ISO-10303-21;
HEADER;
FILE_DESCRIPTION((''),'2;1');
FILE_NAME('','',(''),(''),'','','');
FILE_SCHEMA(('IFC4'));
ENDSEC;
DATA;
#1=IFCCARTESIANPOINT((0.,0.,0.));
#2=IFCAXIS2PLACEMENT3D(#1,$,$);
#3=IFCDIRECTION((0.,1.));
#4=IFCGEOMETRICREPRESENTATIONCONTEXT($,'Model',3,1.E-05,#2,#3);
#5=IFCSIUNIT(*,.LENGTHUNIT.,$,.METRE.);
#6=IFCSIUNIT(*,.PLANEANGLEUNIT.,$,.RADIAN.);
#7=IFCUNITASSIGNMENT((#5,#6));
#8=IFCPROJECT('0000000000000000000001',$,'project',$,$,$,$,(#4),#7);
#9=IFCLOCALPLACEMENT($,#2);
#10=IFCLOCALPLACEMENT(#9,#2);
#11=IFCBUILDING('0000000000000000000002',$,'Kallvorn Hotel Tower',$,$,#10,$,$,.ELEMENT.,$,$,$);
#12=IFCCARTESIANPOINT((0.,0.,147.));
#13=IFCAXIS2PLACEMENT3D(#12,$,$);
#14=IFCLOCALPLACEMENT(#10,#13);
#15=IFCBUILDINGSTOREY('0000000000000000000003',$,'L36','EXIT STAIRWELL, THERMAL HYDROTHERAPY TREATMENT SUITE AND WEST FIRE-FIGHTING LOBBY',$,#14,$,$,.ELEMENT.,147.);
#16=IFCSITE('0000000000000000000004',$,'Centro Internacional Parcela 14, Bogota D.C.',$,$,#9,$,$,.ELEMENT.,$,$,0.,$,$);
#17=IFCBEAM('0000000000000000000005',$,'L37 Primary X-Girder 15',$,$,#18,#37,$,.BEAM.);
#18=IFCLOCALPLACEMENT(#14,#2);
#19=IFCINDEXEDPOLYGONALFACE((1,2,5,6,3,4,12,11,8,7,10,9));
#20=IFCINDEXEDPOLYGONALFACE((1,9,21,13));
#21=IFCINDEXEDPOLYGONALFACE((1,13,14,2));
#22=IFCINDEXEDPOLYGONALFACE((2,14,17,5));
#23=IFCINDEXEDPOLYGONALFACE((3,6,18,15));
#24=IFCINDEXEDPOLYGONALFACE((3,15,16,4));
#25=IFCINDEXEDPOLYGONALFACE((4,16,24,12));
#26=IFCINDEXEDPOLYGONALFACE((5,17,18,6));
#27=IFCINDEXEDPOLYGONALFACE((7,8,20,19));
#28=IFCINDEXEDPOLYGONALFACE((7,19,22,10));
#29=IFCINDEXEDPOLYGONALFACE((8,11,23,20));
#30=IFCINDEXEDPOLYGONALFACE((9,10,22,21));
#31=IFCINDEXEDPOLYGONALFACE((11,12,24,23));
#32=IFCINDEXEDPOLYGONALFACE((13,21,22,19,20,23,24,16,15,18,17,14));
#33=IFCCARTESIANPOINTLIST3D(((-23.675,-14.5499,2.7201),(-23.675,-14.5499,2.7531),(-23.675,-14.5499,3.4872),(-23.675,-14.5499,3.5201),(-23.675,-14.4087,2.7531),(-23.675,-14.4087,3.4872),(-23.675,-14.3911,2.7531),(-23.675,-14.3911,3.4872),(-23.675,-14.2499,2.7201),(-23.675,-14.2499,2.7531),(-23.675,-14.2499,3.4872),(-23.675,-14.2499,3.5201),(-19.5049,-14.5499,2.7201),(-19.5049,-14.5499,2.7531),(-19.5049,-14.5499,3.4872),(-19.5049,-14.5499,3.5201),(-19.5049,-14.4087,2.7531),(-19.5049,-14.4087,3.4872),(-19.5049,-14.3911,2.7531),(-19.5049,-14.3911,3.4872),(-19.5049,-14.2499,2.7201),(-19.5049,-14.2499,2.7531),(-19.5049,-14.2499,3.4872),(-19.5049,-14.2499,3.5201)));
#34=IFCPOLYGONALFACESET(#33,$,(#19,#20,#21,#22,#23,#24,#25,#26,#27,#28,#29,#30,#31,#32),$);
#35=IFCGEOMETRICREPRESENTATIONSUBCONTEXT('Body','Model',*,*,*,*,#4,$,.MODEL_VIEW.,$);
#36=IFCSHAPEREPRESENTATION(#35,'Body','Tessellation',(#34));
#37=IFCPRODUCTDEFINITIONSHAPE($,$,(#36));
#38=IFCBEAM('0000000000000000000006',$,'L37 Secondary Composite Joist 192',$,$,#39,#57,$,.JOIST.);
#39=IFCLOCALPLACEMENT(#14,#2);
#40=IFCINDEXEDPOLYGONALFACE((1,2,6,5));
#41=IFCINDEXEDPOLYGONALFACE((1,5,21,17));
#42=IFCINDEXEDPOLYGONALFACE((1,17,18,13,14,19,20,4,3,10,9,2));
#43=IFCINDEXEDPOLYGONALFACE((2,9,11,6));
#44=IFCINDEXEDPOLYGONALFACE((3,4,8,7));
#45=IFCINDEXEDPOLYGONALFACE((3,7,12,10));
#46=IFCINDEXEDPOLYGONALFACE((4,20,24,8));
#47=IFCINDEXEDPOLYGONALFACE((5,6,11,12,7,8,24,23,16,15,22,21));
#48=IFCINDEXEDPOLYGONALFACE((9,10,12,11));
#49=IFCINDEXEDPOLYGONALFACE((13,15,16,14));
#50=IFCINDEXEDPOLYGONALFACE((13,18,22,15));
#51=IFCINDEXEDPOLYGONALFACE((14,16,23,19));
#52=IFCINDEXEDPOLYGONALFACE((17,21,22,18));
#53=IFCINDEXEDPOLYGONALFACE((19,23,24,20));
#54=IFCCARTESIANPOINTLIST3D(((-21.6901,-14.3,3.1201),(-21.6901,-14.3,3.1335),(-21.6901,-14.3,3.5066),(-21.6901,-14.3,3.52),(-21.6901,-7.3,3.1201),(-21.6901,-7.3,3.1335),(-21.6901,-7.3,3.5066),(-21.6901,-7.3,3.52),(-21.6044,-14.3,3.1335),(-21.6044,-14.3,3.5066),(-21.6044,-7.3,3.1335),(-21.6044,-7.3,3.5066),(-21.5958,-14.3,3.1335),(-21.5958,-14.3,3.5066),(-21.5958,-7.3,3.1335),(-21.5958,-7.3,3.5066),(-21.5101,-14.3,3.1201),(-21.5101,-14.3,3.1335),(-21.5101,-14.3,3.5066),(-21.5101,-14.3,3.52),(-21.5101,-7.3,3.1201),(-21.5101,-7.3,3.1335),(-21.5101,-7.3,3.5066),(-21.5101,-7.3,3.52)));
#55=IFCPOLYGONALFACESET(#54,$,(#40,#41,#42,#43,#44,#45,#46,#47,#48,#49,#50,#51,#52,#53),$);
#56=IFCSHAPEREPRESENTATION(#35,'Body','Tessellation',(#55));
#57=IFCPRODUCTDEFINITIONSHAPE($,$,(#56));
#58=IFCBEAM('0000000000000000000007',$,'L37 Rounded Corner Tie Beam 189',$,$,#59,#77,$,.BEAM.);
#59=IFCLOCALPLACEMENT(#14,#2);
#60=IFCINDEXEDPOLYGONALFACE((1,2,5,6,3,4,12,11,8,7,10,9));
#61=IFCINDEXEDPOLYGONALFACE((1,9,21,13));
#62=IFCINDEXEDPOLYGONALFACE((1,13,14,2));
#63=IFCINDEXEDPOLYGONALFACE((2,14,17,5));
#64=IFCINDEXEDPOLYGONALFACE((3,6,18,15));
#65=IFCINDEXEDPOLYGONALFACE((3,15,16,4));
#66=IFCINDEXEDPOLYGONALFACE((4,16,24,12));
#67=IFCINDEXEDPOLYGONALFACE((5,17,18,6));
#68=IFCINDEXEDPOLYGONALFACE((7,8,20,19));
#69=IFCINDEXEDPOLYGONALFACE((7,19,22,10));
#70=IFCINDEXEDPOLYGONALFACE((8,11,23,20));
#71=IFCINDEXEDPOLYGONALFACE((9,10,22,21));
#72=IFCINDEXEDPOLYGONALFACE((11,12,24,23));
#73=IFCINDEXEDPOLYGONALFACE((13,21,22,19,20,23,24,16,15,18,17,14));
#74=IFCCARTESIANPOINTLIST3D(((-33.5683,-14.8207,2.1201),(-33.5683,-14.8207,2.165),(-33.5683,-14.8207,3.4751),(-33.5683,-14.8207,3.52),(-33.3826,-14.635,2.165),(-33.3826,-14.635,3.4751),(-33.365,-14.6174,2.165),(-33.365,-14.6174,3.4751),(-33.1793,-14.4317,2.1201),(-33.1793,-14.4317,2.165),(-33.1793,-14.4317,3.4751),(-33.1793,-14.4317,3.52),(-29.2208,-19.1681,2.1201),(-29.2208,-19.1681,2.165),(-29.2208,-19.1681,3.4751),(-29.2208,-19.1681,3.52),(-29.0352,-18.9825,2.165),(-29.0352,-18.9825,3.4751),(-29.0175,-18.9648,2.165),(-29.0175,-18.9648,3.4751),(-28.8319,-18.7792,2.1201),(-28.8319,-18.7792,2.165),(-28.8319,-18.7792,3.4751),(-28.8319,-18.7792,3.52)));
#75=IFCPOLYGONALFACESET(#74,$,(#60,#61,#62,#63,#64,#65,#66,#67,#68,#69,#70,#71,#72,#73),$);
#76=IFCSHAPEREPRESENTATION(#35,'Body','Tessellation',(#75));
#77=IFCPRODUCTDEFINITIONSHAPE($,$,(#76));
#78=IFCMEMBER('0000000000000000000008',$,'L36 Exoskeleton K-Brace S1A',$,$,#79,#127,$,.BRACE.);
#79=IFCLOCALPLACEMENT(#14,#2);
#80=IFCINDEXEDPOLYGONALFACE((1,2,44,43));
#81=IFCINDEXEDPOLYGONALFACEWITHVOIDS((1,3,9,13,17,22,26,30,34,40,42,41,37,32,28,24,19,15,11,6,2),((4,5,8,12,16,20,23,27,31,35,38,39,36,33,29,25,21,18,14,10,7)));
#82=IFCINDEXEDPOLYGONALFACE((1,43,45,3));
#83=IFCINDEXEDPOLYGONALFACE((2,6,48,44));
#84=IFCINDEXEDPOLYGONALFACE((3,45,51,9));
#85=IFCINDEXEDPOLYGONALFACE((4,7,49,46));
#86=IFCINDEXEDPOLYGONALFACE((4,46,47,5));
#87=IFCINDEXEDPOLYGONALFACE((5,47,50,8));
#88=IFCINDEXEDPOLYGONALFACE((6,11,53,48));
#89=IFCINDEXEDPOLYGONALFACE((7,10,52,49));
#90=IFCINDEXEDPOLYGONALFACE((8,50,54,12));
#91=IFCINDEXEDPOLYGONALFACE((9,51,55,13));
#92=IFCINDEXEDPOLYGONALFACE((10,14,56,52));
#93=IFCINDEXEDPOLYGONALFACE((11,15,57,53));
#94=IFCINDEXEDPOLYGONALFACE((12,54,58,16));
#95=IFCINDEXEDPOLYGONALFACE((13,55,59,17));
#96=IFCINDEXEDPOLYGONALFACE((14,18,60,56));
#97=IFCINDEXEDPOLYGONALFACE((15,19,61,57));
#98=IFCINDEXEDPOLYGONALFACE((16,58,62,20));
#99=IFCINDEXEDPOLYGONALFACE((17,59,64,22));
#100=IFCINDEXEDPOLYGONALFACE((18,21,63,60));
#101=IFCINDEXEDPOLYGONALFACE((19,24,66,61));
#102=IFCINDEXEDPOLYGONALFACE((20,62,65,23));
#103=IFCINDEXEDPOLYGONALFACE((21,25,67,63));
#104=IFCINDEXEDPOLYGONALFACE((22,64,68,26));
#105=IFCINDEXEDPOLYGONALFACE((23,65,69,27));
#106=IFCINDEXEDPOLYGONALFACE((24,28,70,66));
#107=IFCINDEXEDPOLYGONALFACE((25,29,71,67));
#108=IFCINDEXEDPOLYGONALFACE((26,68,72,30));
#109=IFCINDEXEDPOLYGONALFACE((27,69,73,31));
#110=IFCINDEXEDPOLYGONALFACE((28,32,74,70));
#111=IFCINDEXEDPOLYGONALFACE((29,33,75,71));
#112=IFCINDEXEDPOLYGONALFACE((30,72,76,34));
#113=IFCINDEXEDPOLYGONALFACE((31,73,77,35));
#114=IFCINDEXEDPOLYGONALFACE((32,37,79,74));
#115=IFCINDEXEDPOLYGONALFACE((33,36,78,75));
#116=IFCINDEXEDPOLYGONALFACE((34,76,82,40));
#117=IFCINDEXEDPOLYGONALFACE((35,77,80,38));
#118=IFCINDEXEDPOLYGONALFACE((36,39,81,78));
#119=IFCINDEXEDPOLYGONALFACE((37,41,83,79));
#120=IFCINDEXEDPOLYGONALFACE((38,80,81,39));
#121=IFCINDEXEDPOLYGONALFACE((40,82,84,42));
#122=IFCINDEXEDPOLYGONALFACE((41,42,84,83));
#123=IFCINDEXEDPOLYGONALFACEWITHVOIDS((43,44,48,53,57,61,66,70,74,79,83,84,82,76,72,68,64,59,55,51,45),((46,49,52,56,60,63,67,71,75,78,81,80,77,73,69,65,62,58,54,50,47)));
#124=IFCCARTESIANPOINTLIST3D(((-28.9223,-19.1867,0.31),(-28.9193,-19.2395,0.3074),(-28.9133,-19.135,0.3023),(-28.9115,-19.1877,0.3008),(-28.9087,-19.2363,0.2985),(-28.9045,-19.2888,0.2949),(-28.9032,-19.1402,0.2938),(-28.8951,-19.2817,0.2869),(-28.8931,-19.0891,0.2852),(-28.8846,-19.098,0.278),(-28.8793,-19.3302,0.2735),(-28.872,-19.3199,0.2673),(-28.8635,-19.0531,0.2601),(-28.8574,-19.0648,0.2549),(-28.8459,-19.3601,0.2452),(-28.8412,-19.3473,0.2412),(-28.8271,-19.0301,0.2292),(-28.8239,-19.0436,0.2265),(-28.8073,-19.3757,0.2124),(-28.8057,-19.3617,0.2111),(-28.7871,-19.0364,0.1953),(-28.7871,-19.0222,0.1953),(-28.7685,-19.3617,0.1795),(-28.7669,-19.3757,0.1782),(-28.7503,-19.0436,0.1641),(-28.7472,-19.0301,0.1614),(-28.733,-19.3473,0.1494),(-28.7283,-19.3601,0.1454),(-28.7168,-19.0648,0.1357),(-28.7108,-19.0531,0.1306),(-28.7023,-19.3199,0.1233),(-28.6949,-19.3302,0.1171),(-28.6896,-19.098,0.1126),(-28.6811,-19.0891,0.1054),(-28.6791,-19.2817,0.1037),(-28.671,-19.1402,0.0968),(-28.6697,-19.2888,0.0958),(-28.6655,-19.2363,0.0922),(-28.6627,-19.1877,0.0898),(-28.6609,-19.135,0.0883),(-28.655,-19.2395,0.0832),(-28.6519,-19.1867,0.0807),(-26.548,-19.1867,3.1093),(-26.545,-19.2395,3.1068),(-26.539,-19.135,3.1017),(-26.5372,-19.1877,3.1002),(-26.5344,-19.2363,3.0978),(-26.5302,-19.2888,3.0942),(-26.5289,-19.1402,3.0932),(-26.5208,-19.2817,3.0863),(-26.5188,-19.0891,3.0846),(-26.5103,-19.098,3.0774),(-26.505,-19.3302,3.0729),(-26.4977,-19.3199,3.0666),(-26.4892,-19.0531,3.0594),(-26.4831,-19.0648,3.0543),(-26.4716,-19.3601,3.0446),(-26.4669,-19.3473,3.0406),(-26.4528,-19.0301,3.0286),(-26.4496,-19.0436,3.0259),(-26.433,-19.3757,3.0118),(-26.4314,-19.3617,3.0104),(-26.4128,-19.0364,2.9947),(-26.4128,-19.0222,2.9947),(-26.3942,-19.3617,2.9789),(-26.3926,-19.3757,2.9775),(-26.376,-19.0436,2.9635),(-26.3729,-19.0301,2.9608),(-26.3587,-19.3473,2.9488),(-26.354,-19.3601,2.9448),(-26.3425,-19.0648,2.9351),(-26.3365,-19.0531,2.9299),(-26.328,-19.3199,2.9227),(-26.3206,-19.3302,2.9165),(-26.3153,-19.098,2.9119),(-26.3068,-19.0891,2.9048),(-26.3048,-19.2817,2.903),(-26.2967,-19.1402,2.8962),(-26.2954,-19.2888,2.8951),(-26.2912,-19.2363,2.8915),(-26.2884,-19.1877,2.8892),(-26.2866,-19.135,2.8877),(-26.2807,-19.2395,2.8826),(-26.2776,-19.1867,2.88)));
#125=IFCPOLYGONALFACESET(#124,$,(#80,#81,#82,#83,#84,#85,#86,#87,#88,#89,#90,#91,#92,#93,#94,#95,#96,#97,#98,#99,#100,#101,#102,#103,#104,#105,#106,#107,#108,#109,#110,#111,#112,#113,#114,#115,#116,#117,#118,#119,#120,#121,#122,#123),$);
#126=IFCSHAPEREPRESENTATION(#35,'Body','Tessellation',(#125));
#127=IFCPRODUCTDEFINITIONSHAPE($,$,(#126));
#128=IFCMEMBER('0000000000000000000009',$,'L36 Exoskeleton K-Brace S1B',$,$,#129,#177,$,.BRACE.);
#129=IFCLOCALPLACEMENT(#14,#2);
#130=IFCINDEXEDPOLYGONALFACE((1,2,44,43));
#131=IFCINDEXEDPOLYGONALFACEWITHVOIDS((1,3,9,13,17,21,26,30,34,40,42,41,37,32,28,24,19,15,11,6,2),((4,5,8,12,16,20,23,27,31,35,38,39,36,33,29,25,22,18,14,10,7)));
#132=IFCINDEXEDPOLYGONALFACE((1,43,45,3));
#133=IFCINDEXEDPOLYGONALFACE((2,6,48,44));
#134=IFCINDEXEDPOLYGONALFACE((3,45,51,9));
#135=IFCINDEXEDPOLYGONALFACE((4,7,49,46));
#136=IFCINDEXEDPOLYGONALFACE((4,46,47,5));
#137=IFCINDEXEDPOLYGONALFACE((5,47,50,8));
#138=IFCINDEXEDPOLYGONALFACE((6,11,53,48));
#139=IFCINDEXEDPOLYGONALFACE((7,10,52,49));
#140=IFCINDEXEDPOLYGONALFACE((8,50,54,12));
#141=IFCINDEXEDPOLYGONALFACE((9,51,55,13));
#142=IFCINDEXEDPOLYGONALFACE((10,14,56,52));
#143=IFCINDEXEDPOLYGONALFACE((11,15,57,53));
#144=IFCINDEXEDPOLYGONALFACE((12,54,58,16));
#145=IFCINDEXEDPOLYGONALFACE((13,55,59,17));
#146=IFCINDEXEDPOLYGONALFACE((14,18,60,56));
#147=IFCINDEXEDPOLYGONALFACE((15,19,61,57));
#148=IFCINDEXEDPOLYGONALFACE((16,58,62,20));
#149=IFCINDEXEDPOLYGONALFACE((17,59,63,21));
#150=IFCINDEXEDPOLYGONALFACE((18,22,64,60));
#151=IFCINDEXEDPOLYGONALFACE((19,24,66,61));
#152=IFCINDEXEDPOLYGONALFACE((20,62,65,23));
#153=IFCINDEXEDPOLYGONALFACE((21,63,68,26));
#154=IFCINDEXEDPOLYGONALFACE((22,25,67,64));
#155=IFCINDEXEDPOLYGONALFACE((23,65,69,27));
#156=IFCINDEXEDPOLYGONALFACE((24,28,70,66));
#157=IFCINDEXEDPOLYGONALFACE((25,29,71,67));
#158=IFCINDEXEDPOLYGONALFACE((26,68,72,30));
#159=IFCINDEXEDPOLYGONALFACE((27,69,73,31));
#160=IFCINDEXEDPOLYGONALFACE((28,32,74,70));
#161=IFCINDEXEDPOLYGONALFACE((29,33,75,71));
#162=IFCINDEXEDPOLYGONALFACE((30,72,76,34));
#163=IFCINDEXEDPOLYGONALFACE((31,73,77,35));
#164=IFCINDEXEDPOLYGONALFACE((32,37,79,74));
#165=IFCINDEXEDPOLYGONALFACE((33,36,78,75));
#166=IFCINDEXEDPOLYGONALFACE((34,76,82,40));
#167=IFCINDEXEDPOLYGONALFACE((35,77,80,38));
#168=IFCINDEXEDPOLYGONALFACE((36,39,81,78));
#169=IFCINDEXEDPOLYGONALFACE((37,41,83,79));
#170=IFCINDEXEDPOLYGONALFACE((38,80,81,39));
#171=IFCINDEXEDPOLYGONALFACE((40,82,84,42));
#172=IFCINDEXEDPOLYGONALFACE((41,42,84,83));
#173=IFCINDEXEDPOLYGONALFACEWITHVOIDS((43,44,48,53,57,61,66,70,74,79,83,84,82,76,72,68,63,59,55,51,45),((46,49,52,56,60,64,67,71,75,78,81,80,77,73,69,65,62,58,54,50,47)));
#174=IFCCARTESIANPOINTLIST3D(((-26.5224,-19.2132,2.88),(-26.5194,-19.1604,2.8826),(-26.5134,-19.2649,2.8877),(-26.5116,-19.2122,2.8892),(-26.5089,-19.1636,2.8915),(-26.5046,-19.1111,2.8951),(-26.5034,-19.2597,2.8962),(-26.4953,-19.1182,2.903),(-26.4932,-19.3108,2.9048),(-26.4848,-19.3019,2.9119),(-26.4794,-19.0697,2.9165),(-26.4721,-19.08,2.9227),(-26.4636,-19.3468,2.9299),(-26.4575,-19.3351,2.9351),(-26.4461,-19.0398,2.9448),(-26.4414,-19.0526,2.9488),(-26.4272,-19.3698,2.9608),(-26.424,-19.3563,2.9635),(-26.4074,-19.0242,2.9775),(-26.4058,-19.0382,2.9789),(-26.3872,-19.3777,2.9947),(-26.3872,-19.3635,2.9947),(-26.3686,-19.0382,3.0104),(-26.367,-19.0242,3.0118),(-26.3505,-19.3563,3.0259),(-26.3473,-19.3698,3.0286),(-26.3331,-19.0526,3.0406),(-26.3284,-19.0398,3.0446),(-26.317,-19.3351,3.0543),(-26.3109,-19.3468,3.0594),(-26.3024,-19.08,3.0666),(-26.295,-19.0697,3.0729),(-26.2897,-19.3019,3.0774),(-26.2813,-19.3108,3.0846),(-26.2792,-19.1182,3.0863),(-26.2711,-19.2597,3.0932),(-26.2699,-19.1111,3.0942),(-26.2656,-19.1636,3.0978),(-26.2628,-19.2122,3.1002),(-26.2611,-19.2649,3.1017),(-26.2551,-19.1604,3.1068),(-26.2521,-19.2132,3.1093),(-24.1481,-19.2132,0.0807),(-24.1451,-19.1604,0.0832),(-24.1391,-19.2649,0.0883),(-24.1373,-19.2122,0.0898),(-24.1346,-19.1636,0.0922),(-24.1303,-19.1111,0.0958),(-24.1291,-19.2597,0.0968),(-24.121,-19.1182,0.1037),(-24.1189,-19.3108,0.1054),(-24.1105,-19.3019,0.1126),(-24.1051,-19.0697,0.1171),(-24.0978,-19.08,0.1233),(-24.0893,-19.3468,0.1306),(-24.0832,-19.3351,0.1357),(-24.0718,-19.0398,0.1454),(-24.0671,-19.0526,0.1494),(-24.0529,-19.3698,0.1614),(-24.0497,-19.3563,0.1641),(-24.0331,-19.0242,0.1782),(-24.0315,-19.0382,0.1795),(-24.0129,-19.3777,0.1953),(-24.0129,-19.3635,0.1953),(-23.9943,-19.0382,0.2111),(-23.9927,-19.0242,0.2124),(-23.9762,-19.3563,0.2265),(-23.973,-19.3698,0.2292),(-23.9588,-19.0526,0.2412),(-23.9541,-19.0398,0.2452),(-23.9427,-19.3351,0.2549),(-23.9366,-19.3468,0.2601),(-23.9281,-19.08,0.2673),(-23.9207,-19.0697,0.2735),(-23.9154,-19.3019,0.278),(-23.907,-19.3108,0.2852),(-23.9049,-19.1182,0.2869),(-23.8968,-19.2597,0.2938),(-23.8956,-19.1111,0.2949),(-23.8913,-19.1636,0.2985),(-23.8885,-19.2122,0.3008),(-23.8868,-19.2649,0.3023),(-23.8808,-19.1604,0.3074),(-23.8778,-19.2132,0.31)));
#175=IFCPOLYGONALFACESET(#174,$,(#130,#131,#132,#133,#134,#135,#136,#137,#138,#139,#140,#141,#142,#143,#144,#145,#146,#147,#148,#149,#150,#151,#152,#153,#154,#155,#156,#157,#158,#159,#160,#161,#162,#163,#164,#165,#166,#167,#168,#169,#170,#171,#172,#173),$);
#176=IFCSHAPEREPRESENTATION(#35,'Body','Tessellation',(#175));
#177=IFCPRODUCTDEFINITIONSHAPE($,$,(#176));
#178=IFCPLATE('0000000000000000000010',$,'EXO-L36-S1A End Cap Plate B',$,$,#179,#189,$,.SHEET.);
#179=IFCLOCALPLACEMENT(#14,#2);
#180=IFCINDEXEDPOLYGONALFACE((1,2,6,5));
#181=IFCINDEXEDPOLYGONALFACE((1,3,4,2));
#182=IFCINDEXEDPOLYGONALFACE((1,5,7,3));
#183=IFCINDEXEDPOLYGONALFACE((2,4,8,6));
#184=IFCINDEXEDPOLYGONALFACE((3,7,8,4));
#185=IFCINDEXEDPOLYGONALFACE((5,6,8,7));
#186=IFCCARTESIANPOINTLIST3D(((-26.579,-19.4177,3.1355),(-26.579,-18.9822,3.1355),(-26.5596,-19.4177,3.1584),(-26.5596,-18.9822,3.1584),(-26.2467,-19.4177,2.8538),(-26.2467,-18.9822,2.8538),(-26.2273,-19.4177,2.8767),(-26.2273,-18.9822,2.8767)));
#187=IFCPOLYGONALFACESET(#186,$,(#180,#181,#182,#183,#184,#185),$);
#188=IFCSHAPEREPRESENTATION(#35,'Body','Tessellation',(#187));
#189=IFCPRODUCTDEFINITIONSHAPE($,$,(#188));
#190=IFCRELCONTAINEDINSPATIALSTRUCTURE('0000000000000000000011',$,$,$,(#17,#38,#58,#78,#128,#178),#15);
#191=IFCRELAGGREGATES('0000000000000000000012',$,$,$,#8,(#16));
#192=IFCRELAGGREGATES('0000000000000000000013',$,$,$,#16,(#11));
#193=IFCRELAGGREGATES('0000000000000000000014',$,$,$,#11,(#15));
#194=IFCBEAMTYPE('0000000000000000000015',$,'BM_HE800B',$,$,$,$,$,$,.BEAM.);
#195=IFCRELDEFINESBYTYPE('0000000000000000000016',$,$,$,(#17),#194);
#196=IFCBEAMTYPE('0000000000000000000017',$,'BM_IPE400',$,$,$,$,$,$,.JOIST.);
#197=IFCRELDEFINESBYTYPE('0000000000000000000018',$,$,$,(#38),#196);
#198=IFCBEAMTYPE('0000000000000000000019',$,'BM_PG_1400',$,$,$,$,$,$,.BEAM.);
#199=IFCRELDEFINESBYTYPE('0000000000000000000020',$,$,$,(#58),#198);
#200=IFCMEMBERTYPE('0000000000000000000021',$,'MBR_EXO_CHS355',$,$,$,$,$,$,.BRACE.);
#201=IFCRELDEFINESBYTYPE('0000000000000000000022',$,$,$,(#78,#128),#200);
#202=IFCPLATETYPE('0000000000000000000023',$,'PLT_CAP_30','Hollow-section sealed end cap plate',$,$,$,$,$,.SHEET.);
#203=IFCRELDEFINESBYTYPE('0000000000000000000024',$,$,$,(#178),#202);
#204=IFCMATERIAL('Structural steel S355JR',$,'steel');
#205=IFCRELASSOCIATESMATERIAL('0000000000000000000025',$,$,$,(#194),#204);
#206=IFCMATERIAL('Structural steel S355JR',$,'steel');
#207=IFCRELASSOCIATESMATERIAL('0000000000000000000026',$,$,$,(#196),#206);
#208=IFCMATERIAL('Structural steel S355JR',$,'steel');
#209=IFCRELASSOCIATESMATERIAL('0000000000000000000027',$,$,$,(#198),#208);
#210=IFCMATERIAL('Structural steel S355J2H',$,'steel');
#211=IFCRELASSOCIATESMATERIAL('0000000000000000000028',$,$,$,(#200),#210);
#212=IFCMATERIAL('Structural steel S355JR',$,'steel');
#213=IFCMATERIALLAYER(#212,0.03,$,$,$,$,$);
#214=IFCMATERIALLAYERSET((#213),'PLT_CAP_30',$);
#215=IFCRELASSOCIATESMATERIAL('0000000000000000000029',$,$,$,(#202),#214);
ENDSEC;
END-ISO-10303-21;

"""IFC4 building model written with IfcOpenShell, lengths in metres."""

from ifc_helpers import new_model, si_unit, direction, frame, origin, origin_2d, place, context, subcontext, project, spatial, polyline, hollow_circle, i_section, outline, extrude, material, layer, layer_set, material_profile, profile_set, type_object, element, save


model = new_model("IFC4")

# Units and contexts
model_context = context("Model", 3, precision=1e-05, world=origin(), true_north=direction((0.0, 1.0)))
body_context = subcontext(model_context, "Body", "Model", "MODEL_VIEW")
ifc_project = project(units=[si_unit("LENGTHUNIT", "METRE"), si_unit("PLANEANGLEUNIT", "RADIAN")], contexts=[model_context])

# Site, building, storey
site_placement = place(None, origin())
site = spatial("IfcSite", under=ifc_project, at=site_placement, Name="Centro Internacional Parcela 14, Bogota D.C.", CompositionType="ELEMENT", RefElevation=0.0)
building_placement = place(site_placement, origin())
building = spatial("IfcBuilding", under=site, at=building_placement, Name="Kallvorn Hotel Tower", CompositionType="ELEMENT")
storey_placement = place(building_placement, frame((0.0, 0.0, 147.0)))
storey = spatial("IfcBuildingStorey", under=building, at=storey_placement, Name="L36", Description="EXIT STAIRWELL, THERMAL HYDROTHERAPY TREATMENT SUITE AND WEST FIRE-FIGHTING LOBBY", CompositionType="ELEMENT", Elevation=147.0)

# Beams
ifc_material_1 = material(Name="Structural steel S355JR", Category="steel")
ifc_material_profile_1 = material_profile(ifc_material_1, i_section(OverallWidth=0.3, OverallDepth=0.8, WebThickness=0.0176, FlangeThickness=0.033, at=origin_2d()), Name="HE 800 B")
ifc_profile_set_1 = profile_set([ifc_material_profile_1], Name="Structural steel S355JR")
beam_type_1 = type_object("IfcBeamType", Name="BM_HE800B", PredefinedType="BEAM", material=ifc_profile_set_1)
for number, where, z_axis, x_axis, name in (
    (1, (-23.675, -14.3999, 3.1201), (1.0, 0.0, 0.0), (0.0, 1.0, 0.0), "L37 Primary X-Girder 15"),
):
    element("IfcBeam", number, at=place(storey_placement, frame(where, z_axis=z_axis, x_axis=x_axis)), inside=storey, type_object=beam_type_1, Name=name, PredefinedType="BEAM", context=body_context, shape_type="SweptSolid", body=[
        extrude(i_section(OverallWidth=0.3, OverallDepth=0.8, WebThickness=0.0176, FlangeThickness=0.033, at=origin_2d()), origin(), (0.0, 0.0, 1.0), 4.1702),
    ])
ifc_material_2 = material(Name="Structural steel S355JR", Category="steel")
ifc_material_profile_2 = material_profile(ifc_material_2, i_section(OverallWidth=0.1799, OverallDepth=0.3999, WebThickness=0.0085, FlangeThickness=0.0134, at=origin_2d()), Name="IPE 400")
ifc_profile_set_2 = profile_set([ifc_material_profile_2], Name="Structural steel S355JR")
beam_type_2 = type_object("IfcBeamType", Name="BM_IPE400", PredefinedType="JOIST", material=ifc_profile_set_2)
beam_1_placement = place(storey_placement, frame((-21.6001, -14.3, 3.3201), z_axis=(0.0, 1.0, 0.0), x_axis=(-1.0, 0.0, 0.0)))
element("IfcBeam", 2, at=beam_1_placement, inside=storey, type_object=beam_type_2, Name="L37 Secondary Composite Joist 192", PredefinedType="JOIST", context=body_context, shape_type="SweptSolid", body=[
    extrude(i_section(OverallWidth=0.1799, OverallDepth=0.3999, WebThickness=0.0085, FlangeThickness=0.0134, at=origin_2d()), origin(), (0.0, 0.0, 1.0), 7.0),
])
ifc_material_3 = material(Name="Structural steel S355JR", Category="steel")
ifc_material_profile_3 = material_profile(ifc_material_3, i_section(OverallWidth=0.55, OverallDepth=1.3999, WebThickness=0.0249, FlangeThickness=0.0449, at=origin_2d()), Name="PG 1400x550x25x45")
ifc_profile_set_3 = profile_set([ifc_material_profile_3], Name="Structural steel S355JR")
beam_type_3 = type_object("IfcBeamType", Name="BM_PG_1400", PredefinedType="BEAM", material=ifc_profile_set_3)
beam_2_placement = place(storey_placement, frame((-33.3738, -14.6262, 2.8201), z_axis=(0.707107, -0.707107, 0.0), x_axis=(0.707107, 0.707107, 0.0)))
element("IfcBeam", 3, at=beam_2_placement, inside=storey, type_object=beam_type_3, Name="L37 Rounded Corner Tie Beam 189", PredefinedType="BEAM", context=body_context, shape_type="SweptSolid", body=[
    extrude(i_section(OverallWidth=0.55, OverallDepth=1.3999, WebThickness=0.0249, FlangeThickness=0.0449, at=origin_2d()), origin(), (0.0, 0.0, 1.0), 6.1482),
])

# Members
ifc_material_4 = material(Name="Structural steel S355J2H", Category="steel")
ifc_material_profile_4 = material_profile(ifc_material_4, hollow_circle(Radius=0.1777, WallThickness=0.0142, at=origin_2d()), Name="CHS 355.6x14.2")
ifc_profile_set_4 = profile_set([ifc_material_profile_4], Name="Structural steel S355J2H")
member_type = type_object("IfcMemberType", Name="MBR_EXO_CHS355", PredefinedType="BRACE", material=ifc_profile_set_4)
for number, where, z_axis, x_axis, name in (
    (4, (-28.7871, -19.2, 0.1953), (0.646833, 0.0, 0.762631), (0.0, 1.0, 0.0), "L36 Exoskeleton K-Brace S1A"),
    (5, (-24.0129, -19.2, 0.1953), (-0.646833, 0.0, 0.762631), (0.0, -1.0, 0.0), "L36 Exoskeleton K-Brace S1B"),
):
    element("IfcMember", number, at=place(storey_placement, frame(where, z_axis=z_axis, x_axis=x_axis)), inside=storey, type_object=member_type, Name=name, PredefinedType="BRACE", context=body_context, shape_type="SweptSolid", body=[
        extrude(hollow_circle(Radius=0.1777, WallThickness=0.0142, at=origin_2d()), origin(), (0.0, 0.0, 1.0), 3.6707),
    ])

# Plate
ifc_material_5 = material(Name="Structural steel S355JR", Category="steel")
ifc_layer_1 = layer(ifc_material_5, 0.03)
ifc_layer_set_1 = layer_set([ifc_layer_1], Name="PLT_CAP_30")
plate_type_1 = type_object("IfcPlateType", Name="PLT_CAP_30", Description="Hollow-section sealed end cap plate", PredefinedType="SHEET", material=ifc_layer_set_1)
plate_1_placement = place(storey_placement, frame((-26.2273, -19.4177, 2.8767), z_axis=(0.646721, 0.0, 0.762727), x_axis=(0.0, 1.0, 0.0)))
element("IfcPlate", 6, at=plate_1_placement, inside=storey, type_object=plate_type_1, Name="EXO-L36-S1A End Cap Plate B", PredefinedType="SHEET", context=body_context, shape_type="SweptSolid", body=[
    extrude(outline(polyline([(0.0, 0.0), (0.4355, 0.0), (0.4355, 0.4356), (0.0, 0.4356), (0.0, 0.0)])), origin(), (0.0, 0.0, -1.0), 0.03),
])

save(model, "model.ifc")
